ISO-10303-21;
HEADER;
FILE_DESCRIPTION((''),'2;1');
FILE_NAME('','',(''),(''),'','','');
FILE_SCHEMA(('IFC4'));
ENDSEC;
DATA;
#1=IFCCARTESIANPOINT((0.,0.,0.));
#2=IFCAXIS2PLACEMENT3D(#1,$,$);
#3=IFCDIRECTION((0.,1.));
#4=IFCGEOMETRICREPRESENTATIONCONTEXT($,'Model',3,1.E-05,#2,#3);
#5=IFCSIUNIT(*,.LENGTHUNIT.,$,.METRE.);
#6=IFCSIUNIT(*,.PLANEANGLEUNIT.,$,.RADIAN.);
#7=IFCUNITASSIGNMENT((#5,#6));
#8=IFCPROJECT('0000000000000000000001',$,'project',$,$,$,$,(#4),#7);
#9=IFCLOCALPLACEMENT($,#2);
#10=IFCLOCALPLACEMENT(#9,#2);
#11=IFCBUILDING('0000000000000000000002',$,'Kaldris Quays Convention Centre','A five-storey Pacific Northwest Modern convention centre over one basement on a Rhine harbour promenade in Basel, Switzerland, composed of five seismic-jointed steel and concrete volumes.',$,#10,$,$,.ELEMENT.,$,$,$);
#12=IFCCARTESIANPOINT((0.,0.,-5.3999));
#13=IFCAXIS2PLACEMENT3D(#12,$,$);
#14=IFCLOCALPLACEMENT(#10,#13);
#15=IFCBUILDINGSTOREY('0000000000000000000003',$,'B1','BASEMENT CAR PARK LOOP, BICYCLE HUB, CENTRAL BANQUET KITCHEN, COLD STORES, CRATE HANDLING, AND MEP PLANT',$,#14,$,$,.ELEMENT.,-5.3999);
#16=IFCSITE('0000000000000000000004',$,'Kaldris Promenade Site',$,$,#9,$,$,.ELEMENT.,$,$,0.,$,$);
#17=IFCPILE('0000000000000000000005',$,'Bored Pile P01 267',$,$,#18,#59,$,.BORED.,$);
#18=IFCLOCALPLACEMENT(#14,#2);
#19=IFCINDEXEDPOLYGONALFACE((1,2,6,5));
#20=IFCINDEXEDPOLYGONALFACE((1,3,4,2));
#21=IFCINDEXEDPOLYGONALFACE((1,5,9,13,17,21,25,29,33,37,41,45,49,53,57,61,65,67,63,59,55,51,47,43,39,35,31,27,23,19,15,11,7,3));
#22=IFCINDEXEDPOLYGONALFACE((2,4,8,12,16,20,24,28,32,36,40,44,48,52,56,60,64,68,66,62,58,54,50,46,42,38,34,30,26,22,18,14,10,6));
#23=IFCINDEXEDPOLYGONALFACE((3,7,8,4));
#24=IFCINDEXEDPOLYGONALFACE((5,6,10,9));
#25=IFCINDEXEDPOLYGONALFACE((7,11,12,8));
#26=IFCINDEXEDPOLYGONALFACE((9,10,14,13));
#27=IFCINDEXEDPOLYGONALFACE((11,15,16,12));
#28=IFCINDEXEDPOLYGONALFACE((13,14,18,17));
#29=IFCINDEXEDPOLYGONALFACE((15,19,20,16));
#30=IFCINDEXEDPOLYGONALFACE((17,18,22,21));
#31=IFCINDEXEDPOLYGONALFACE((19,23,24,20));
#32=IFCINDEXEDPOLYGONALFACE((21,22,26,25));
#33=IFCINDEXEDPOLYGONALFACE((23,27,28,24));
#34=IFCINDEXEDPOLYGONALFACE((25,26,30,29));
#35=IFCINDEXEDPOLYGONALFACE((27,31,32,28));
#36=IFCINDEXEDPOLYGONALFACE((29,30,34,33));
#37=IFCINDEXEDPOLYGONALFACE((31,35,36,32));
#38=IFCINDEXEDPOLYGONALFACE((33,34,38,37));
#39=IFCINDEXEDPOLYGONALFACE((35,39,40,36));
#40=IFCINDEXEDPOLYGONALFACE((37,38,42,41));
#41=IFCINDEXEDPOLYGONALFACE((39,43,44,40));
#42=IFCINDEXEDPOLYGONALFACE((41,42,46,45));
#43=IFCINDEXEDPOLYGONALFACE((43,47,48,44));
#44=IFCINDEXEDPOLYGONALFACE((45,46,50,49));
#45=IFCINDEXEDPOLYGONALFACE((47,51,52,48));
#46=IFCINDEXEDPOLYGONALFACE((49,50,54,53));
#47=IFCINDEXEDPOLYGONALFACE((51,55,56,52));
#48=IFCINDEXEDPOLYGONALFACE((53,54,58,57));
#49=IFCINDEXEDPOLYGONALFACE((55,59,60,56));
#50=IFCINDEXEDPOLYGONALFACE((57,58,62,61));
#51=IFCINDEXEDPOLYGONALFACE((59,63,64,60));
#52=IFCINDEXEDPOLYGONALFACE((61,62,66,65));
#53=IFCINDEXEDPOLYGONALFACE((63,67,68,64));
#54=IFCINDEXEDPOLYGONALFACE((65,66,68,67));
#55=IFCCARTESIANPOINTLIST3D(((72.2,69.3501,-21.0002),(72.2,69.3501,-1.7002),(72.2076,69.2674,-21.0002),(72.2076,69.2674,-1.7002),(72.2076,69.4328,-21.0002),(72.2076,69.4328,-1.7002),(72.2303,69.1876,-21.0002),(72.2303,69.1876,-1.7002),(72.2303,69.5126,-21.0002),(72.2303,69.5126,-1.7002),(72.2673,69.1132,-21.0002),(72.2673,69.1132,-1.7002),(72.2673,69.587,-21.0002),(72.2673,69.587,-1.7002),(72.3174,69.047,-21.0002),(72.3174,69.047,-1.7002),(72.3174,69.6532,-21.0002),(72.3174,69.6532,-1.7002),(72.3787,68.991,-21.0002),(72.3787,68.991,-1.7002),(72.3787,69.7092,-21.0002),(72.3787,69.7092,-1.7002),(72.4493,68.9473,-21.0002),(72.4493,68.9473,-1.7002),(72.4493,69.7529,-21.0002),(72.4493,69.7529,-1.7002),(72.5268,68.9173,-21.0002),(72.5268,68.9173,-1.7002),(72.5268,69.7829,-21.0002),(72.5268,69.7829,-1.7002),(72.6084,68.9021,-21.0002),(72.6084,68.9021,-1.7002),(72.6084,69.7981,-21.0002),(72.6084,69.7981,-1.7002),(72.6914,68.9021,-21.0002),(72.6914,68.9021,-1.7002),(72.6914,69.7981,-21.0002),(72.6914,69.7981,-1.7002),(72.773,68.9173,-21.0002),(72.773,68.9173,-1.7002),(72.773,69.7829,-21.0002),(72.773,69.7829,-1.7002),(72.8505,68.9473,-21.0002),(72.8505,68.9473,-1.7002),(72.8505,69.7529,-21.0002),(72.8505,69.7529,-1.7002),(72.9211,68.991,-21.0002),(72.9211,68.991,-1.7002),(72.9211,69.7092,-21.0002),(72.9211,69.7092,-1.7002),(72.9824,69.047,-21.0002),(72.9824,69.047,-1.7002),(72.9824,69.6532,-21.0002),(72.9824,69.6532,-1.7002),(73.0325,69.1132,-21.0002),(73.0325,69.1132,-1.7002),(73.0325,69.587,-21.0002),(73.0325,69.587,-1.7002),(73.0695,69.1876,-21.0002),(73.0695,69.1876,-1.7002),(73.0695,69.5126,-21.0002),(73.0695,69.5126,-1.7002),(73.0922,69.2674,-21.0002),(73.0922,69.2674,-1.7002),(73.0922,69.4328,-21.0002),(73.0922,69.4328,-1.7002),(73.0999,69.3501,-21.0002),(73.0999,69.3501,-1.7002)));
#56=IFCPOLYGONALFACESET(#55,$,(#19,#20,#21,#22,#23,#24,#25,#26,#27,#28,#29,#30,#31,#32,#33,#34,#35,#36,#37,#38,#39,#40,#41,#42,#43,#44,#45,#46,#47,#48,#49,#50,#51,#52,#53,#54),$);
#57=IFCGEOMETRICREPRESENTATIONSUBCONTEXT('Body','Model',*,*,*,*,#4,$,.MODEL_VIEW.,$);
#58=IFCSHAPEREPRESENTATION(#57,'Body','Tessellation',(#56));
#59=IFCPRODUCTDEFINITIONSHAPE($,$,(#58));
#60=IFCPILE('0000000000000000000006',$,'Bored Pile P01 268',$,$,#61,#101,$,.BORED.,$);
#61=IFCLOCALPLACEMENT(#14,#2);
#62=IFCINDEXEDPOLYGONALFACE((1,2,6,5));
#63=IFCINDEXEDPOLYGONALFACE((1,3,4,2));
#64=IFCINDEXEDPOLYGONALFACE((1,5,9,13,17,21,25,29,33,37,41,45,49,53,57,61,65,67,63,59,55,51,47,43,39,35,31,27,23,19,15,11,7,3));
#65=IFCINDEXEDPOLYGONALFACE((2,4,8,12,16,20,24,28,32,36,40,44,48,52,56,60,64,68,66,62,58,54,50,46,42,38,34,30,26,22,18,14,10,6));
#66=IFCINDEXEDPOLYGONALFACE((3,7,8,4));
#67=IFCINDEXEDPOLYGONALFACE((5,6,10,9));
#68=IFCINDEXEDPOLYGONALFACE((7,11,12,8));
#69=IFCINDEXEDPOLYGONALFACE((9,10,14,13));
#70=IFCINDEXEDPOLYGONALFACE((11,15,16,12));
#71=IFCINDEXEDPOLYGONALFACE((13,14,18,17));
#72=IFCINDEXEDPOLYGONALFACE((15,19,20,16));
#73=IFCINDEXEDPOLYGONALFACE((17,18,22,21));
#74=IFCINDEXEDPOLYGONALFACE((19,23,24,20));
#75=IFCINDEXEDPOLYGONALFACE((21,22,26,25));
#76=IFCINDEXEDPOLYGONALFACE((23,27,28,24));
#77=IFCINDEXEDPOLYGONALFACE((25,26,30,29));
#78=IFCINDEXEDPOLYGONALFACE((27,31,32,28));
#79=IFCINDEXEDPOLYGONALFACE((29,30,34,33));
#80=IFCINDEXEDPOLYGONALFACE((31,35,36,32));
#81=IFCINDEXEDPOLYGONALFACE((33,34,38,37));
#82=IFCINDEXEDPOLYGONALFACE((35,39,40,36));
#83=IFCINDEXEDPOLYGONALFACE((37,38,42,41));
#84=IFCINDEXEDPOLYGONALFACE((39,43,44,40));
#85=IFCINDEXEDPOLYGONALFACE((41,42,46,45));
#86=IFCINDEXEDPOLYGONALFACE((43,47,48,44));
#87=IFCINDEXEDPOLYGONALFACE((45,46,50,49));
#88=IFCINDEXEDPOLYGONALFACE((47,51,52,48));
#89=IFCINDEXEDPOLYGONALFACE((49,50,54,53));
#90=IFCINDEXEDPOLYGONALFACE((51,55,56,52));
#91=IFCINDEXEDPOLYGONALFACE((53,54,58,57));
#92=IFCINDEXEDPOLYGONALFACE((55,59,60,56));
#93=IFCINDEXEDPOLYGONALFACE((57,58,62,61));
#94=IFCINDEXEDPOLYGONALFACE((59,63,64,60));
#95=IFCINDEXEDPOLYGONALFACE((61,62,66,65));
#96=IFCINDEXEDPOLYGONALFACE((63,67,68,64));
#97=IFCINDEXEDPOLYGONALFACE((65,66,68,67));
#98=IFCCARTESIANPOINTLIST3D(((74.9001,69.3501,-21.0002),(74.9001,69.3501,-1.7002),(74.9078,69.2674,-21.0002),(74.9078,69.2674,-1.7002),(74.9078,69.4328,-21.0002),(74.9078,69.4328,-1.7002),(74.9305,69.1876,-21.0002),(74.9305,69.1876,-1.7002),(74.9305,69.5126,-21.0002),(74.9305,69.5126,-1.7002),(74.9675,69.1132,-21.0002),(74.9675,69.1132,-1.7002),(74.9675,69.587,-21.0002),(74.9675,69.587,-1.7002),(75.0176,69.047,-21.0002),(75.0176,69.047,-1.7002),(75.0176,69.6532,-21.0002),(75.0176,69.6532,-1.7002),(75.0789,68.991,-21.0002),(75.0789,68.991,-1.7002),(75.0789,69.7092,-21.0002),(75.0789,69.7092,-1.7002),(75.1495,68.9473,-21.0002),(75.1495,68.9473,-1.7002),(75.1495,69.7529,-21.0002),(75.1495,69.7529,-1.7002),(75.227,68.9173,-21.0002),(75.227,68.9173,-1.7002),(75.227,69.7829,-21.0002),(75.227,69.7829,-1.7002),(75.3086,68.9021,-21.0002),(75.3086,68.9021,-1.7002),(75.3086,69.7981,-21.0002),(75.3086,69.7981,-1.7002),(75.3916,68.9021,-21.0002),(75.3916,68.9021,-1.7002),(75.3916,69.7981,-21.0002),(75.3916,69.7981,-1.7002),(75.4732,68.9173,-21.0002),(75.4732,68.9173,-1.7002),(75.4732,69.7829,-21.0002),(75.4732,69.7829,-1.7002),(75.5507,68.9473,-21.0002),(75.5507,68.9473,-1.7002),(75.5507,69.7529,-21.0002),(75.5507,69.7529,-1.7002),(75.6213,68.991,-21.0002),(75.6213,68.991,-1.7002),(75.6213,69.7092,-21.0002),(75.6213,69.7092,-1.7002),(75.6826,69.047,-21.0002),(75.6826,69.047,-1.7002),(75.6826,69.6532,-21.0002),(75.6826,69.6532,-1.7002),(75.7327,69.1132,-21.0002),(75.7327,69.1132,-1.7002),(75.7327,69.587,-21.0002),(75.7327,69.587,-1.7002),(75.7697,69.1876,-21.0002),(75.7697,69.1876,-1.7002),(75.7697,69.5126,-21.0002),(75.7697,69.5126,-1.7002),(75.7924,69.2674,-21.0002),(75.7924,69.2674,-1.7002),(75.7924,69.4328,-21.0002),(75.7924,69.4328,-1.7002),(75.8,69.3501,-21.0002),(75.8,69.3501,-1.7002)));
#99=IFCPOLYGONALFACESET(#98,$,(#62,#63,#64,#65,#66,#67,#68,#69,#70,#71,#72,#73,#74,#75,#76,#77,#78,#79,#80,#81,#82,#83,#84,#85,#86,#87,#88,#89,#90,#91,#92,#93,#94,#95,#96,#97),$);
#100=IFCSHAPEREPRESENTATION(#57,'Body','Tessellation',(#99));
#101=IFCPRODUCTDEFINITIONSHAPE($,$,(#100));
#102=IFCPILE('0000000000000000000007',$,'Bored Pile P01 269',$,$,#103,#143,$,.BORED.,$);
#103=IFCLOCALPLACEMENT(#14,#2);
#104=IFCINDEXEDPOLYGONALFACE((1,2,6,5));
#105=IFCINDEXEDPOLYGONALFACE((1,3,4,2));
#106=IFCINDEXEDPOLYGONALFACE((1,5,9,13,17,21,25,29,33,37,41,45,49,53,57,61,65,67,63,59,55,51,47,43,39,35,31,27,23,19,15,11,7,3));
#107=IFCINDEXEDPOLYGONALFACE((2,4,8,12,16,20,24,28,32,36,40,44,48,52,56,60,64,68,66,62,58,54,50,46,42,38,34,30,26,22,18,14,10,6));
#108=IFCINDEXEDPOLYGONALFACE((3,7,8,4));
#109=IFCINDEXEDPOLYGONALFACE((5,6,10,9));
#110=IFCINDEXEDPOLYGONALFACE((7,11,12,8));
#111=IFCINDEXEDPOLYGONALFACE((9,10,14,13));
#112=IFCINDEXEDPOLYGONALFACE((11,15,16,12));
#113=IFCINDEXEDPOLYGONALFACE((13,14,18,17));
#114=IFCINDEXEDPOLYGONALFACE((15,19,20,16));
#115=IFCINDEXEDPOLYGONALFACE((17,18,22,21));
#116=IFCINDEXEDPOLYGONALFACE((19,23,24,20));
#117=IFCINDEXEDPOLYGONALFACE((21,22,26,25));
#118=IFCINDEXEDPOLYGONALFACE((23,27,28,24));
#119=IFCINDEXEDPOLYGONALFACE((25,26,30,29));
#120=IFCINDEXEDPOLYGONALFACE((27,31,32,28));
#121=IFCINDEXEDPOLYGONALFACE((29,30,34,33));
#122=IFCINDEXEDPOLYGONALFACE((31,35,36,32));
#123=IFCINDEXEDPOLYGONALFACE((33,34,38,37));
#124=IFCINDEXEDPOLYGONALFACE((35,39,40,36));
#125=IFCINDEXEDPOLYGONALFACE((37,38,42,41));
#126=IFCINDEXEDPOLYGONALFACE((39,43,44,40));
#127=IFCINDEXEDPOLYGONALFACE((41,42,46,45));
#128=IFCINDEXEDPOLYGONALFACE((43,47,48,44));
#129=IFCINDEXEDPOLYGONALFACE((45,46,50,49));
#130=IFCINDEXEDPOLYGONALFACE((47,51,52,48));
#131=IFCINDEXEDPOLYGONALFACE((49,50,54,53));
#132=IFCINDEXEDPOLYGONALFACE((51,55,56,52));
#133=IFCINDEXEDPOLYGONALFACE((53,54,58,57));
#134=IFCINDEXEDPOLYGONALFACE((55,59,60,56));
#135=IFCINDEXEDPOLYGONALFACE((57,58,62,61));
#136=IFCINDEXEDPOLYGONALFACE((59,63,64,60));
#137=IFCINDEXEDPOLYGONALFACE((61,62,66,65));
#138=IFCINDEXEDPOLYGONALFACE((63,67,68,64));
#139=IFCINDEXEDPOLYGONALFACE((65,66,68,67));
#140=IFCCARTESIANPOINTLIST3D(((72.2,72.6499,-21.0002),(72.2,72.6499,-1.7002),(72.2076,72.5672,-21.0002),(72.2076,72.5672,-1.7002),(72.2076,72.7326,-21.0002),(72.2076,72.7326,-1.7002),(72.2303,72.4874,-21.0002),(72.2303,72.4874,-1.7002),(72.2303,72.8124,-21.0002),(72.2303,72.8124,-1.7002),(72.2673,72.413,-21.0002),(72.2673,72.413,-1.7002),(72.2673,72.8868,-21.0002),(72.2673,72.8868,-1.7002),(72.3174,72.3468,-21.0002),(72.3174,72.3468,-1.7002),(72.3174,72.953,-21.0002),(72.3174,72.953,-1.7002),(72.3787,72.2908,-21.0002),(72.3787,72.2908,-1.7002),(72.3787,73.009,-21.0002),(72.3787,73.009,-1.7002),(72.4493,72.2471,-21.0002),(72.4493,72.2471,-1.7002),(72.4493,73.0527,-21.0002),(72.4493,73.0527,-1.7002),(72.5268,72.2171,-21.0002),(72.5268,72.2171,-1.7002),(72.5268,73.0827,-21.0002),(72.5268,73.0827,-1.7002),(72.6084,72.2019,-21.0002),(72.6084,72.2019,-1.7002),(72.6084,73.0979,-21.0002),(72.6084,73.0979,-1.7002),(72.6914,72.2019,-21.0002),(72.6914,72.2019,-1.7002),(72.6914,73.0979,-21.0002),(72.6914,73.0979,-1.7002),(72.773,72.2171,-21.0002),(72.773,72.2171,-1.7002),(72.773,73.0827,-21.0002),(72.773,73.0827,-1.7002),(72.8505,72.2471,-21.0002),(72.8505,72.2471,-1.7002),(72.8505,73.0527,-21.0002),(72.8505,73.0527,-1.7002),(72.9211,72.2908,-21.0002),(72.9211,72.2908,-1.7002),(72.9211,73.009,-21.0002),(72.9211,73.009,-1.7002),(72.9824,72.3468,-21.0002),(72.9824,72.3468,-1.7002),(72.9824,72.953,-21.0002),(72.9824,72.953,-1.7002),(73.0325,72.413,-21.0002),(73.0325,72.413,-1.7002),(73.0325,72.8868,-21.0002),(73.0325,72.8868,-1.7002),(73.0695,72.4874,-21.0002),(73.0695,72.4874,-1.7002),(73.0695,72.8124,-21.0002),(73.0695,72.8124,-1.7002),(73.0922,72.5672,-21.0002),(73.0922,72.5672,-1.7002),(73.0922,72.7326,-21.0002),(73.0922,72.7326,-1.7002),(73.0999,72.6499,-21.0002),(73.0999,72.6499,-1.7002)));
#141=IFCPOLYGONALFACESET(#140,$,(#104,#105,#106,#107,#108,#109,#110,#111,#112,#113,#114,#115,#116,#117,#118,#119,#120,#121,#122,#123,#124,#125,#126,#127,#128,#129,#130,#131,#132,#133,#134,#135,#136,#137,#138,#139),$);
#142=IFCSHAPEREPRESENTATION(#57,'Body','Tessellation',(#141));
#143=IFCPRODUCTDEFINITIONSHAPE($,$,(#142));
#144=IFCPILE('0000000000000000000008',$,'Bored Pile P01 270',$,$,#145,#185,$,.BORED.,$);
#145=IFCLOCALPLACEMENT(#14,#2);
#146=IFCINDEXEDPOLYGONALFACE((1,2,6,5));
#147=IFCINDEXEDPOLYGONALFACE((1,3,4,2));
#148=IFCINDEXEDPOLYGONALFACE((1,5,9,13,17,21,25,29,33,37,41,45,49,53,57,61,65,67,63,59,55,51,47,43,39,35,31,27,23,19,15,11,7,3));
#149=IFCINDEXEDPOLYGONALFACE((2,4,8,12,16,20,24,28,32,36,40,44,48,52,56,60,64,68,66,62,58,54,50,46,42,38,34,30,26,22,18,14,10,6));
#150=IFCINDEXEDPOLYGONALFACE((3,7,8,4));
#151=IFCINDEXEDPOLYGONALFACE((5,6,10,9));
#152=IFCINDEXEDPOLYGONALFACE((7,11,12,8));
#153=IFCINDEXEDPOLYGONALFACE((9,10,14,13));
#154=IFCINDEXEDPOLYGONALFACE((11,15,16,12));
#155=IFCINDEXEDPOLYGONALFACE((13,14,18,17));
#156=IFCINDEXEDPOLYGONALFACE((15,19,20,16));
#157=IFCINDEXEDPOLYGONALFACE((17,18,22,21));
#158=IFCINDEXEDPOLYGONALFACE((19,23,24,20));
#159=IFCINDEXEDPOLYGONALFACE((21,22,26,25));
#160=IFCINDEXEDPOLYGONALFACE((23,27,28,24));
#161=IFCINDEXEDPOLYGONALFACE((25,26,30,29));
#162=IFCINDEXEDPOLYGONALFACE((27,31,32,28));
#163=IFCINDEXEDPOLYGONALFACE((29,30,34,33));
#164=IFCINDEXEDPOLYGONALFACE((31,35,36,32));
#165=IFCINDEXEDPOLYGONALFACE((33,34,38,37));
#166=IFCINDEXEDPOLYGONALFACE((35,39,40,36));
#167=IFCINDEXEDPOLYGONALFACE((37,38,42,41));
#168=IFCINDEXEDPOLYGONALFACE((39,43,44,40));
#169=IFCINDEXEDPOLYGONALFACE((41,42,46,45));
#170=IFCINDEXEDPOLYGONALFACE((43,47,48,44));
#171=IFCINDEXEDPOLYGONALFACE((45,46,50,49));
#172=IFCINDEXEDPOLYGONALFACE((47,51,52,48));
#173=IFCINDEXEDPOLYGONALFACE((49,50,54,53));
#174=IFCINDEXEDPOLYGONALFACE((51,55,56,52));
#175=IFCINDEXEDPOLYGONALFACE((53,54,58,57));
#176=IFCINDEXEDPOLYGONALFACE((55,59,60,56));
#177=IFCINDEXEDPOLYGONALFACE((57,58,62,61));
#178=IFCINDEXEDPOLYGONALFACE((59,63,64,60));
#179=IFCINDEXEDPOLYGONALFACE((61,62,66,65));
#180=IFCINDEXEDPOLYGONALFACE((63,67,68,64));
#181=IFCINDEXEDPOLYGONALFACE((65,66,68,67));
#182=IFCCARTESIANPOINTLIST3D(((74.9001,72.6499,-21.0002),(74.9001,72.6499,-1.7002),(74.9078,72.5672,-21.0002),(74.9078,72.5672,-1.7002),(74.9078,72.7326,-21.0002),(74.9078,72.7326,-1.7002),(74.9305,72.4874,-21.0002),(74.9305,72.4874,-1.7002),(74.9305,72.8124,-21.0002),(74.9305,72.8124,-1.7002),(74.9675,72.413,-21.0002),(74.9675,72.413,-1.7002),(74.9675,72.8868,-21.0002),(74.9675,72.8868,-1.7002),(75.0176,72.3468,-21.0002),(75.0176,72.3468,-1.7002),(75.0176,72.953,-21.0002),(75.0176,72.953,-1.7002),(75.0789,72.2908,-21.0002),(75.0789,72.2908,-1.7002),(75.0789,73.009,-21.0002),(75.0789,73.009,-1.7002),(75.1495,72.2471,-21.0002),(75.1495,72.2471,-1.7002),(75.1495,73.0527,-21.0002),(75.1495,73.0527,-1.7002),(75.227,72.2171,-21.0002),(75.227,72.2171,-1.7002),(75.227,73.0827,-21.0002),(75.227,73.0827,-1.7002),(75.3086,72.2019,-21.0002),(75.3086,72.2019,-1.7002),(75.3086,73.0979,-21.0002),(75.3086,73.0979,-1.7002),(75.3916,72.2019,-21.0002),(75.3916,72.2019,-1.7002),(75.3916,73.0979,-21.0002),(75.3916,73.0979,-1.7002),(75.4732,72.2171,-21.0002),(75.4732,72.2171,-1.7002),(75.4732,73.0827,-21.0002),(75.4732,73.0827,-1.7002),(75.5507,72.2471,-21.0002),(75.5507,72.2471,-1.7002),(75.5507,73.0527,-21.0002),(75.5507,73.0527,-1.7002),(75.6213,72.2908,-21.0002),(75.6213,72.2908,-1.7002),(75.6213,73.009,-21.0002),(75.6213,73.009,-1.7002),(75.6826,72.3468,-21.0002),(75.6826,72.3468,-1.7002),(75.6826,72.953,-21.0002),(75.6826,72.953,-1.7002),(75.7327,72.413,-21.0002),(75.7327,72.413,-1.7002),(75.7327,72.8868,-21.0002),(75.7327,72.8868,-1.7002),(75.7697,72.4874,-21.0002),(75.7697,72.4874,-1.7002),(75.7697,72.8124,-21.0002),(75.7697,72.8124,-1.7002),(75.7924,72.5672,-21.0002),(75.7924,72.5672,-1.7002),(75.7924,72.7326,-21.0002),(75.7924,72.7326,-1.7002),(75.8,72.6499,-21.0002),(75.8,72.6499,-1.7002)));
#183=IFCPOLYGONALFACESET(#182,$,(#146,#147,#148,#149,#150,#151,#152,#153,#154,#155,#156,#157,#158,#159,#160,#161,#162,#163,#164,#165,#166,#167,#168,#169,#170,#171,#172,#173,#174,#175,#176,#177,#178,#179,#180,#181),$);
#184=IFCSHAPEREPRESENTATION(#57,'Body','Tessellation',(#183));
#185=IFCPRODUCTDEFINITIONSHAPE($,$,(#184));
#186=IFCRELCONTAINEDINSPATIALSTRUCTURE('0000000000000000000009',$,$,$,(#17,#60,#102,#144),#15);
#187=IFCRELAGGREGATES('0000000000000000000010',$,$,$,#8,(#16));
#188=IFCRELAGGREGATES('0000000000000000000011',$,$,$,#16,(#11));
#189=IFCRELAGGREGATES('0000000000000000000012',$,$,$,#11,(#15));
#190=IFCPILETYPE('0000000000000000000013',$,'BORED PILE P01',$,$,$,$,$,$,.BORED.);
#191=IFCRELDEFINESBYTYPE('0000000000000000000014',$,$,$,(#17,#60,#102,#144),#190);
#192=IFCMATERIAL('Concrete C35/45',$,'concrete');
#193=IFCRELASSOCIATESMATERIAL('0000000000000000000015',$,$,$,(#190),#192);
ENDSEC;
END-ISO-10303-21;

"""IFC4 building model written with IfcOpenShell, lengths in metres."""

from ifc_helpers import new_model, si_unit, direction, frame, origin, origin_2d, place, context, subcontext, project, spatial, circle, extrude, material, material_profile, profile_set, type_object, element, save


model = new_model("IFC4")

# Units and contexts
model_context = context("Model", 3, precision=1e-05, world=origin(), true_north=direction((0.0, 1.0)))
body_context = subcontext(model_context, "Body", "Model", "MODEL_VIEW")
ifc_project = project(units=[si_unit("LENGTHUNIT", "METRE"), si_unit("PLANEANGLEUNIT", "RADIAN")], contexts=[model_context])

# Site, building, storey
site_placement = place(None, origin())
site = spatial("IfcSite", under=ifc_project, at=site_placement, Name="Kaldris Promenade Site", CompositionType="ELEMENT", RefElevation=0.0)
building_placement = place(site_placement, origin())
building = spatial("IfcBuilding", under=site, at=building_placement, Name="Kaldris Quays Convention Centre", Description="A five-storey Pacific Northwest Modern convention centre over one basement on a Rhine harbour promenade in Basel, Switzerland, composed of five seismic-jointed steel and concrete volumes.", CompositionType="ELEMENT")
storey_placement = place(building_placement, frame((0.0, 0.0, -5.3999)))
storey = spatial("IfcBuildingStorey", under=building, at=storey_placement, Name="B1", Description="BASEMENT CAR PARK LOOP, BICYCLE HUB, CENTRAL BANQUET KITCHEN, COLD STORES, CRATE HANDLING, AND MEP PLANT", CompositionType="ELEMENT", Elevation=-5.3999)

# Piles
ifc_material_1 = material(Name="Concrete C35/45", Category="concrete")
ifc_material_profile_1 = material_profile(ifc_material_1, circle(Radius=0.45, at=origin_2d()), Name="BORED PILE D900")
ifc_profile_set_1 = profile_set([ifc_material_profile_1], Name="Concrete C35/45")
pile_type = type_object("IfcPileType", Name="BORED PILE P01", PredefinedType="BORED", material=ifc_profile_set_1)
for number, where, z_axis, x_axis, name in (
    (1, (72.6499, 69.3501, -1.7002), (0.0, 0.0, -1.0), (1.0, 0.0, 0.0), "Bored Pile P01 267"),
    (2, (75.3501, 69.3501, -1.7002), (0.0, 0.0, -1.0), (1.0, 0.0, 0.0), "Bored Pile P01 268"),
    (3, (72.6499, 72.6499, -1.7002), (0.0, 0.0, -1.0), (1.0, 0.0, 0.0), "Bored Pile P01 269"),
    (4, (75.3501, 72.6499, -1.7002), (0.0, 0.0, -1.0), (1.0, 0.0, 0.0), "Bored Pile P01 270"),
):
    element("IfcPile", number, at=place(storey_placement, frame(where, z_axis=z_axis, x_axis=x_axis)), inside=storey, type_object=pile_type, Name=name, PredefinedType="BORED", context=body_context, shape_type="SweptSolid", body=[
        extrude(circle(Radius=0.45, at=origin_2d()), origin(), (0.0, 0.0, 1.0), 19.3),
    ])

save(model, "model.ifc")
